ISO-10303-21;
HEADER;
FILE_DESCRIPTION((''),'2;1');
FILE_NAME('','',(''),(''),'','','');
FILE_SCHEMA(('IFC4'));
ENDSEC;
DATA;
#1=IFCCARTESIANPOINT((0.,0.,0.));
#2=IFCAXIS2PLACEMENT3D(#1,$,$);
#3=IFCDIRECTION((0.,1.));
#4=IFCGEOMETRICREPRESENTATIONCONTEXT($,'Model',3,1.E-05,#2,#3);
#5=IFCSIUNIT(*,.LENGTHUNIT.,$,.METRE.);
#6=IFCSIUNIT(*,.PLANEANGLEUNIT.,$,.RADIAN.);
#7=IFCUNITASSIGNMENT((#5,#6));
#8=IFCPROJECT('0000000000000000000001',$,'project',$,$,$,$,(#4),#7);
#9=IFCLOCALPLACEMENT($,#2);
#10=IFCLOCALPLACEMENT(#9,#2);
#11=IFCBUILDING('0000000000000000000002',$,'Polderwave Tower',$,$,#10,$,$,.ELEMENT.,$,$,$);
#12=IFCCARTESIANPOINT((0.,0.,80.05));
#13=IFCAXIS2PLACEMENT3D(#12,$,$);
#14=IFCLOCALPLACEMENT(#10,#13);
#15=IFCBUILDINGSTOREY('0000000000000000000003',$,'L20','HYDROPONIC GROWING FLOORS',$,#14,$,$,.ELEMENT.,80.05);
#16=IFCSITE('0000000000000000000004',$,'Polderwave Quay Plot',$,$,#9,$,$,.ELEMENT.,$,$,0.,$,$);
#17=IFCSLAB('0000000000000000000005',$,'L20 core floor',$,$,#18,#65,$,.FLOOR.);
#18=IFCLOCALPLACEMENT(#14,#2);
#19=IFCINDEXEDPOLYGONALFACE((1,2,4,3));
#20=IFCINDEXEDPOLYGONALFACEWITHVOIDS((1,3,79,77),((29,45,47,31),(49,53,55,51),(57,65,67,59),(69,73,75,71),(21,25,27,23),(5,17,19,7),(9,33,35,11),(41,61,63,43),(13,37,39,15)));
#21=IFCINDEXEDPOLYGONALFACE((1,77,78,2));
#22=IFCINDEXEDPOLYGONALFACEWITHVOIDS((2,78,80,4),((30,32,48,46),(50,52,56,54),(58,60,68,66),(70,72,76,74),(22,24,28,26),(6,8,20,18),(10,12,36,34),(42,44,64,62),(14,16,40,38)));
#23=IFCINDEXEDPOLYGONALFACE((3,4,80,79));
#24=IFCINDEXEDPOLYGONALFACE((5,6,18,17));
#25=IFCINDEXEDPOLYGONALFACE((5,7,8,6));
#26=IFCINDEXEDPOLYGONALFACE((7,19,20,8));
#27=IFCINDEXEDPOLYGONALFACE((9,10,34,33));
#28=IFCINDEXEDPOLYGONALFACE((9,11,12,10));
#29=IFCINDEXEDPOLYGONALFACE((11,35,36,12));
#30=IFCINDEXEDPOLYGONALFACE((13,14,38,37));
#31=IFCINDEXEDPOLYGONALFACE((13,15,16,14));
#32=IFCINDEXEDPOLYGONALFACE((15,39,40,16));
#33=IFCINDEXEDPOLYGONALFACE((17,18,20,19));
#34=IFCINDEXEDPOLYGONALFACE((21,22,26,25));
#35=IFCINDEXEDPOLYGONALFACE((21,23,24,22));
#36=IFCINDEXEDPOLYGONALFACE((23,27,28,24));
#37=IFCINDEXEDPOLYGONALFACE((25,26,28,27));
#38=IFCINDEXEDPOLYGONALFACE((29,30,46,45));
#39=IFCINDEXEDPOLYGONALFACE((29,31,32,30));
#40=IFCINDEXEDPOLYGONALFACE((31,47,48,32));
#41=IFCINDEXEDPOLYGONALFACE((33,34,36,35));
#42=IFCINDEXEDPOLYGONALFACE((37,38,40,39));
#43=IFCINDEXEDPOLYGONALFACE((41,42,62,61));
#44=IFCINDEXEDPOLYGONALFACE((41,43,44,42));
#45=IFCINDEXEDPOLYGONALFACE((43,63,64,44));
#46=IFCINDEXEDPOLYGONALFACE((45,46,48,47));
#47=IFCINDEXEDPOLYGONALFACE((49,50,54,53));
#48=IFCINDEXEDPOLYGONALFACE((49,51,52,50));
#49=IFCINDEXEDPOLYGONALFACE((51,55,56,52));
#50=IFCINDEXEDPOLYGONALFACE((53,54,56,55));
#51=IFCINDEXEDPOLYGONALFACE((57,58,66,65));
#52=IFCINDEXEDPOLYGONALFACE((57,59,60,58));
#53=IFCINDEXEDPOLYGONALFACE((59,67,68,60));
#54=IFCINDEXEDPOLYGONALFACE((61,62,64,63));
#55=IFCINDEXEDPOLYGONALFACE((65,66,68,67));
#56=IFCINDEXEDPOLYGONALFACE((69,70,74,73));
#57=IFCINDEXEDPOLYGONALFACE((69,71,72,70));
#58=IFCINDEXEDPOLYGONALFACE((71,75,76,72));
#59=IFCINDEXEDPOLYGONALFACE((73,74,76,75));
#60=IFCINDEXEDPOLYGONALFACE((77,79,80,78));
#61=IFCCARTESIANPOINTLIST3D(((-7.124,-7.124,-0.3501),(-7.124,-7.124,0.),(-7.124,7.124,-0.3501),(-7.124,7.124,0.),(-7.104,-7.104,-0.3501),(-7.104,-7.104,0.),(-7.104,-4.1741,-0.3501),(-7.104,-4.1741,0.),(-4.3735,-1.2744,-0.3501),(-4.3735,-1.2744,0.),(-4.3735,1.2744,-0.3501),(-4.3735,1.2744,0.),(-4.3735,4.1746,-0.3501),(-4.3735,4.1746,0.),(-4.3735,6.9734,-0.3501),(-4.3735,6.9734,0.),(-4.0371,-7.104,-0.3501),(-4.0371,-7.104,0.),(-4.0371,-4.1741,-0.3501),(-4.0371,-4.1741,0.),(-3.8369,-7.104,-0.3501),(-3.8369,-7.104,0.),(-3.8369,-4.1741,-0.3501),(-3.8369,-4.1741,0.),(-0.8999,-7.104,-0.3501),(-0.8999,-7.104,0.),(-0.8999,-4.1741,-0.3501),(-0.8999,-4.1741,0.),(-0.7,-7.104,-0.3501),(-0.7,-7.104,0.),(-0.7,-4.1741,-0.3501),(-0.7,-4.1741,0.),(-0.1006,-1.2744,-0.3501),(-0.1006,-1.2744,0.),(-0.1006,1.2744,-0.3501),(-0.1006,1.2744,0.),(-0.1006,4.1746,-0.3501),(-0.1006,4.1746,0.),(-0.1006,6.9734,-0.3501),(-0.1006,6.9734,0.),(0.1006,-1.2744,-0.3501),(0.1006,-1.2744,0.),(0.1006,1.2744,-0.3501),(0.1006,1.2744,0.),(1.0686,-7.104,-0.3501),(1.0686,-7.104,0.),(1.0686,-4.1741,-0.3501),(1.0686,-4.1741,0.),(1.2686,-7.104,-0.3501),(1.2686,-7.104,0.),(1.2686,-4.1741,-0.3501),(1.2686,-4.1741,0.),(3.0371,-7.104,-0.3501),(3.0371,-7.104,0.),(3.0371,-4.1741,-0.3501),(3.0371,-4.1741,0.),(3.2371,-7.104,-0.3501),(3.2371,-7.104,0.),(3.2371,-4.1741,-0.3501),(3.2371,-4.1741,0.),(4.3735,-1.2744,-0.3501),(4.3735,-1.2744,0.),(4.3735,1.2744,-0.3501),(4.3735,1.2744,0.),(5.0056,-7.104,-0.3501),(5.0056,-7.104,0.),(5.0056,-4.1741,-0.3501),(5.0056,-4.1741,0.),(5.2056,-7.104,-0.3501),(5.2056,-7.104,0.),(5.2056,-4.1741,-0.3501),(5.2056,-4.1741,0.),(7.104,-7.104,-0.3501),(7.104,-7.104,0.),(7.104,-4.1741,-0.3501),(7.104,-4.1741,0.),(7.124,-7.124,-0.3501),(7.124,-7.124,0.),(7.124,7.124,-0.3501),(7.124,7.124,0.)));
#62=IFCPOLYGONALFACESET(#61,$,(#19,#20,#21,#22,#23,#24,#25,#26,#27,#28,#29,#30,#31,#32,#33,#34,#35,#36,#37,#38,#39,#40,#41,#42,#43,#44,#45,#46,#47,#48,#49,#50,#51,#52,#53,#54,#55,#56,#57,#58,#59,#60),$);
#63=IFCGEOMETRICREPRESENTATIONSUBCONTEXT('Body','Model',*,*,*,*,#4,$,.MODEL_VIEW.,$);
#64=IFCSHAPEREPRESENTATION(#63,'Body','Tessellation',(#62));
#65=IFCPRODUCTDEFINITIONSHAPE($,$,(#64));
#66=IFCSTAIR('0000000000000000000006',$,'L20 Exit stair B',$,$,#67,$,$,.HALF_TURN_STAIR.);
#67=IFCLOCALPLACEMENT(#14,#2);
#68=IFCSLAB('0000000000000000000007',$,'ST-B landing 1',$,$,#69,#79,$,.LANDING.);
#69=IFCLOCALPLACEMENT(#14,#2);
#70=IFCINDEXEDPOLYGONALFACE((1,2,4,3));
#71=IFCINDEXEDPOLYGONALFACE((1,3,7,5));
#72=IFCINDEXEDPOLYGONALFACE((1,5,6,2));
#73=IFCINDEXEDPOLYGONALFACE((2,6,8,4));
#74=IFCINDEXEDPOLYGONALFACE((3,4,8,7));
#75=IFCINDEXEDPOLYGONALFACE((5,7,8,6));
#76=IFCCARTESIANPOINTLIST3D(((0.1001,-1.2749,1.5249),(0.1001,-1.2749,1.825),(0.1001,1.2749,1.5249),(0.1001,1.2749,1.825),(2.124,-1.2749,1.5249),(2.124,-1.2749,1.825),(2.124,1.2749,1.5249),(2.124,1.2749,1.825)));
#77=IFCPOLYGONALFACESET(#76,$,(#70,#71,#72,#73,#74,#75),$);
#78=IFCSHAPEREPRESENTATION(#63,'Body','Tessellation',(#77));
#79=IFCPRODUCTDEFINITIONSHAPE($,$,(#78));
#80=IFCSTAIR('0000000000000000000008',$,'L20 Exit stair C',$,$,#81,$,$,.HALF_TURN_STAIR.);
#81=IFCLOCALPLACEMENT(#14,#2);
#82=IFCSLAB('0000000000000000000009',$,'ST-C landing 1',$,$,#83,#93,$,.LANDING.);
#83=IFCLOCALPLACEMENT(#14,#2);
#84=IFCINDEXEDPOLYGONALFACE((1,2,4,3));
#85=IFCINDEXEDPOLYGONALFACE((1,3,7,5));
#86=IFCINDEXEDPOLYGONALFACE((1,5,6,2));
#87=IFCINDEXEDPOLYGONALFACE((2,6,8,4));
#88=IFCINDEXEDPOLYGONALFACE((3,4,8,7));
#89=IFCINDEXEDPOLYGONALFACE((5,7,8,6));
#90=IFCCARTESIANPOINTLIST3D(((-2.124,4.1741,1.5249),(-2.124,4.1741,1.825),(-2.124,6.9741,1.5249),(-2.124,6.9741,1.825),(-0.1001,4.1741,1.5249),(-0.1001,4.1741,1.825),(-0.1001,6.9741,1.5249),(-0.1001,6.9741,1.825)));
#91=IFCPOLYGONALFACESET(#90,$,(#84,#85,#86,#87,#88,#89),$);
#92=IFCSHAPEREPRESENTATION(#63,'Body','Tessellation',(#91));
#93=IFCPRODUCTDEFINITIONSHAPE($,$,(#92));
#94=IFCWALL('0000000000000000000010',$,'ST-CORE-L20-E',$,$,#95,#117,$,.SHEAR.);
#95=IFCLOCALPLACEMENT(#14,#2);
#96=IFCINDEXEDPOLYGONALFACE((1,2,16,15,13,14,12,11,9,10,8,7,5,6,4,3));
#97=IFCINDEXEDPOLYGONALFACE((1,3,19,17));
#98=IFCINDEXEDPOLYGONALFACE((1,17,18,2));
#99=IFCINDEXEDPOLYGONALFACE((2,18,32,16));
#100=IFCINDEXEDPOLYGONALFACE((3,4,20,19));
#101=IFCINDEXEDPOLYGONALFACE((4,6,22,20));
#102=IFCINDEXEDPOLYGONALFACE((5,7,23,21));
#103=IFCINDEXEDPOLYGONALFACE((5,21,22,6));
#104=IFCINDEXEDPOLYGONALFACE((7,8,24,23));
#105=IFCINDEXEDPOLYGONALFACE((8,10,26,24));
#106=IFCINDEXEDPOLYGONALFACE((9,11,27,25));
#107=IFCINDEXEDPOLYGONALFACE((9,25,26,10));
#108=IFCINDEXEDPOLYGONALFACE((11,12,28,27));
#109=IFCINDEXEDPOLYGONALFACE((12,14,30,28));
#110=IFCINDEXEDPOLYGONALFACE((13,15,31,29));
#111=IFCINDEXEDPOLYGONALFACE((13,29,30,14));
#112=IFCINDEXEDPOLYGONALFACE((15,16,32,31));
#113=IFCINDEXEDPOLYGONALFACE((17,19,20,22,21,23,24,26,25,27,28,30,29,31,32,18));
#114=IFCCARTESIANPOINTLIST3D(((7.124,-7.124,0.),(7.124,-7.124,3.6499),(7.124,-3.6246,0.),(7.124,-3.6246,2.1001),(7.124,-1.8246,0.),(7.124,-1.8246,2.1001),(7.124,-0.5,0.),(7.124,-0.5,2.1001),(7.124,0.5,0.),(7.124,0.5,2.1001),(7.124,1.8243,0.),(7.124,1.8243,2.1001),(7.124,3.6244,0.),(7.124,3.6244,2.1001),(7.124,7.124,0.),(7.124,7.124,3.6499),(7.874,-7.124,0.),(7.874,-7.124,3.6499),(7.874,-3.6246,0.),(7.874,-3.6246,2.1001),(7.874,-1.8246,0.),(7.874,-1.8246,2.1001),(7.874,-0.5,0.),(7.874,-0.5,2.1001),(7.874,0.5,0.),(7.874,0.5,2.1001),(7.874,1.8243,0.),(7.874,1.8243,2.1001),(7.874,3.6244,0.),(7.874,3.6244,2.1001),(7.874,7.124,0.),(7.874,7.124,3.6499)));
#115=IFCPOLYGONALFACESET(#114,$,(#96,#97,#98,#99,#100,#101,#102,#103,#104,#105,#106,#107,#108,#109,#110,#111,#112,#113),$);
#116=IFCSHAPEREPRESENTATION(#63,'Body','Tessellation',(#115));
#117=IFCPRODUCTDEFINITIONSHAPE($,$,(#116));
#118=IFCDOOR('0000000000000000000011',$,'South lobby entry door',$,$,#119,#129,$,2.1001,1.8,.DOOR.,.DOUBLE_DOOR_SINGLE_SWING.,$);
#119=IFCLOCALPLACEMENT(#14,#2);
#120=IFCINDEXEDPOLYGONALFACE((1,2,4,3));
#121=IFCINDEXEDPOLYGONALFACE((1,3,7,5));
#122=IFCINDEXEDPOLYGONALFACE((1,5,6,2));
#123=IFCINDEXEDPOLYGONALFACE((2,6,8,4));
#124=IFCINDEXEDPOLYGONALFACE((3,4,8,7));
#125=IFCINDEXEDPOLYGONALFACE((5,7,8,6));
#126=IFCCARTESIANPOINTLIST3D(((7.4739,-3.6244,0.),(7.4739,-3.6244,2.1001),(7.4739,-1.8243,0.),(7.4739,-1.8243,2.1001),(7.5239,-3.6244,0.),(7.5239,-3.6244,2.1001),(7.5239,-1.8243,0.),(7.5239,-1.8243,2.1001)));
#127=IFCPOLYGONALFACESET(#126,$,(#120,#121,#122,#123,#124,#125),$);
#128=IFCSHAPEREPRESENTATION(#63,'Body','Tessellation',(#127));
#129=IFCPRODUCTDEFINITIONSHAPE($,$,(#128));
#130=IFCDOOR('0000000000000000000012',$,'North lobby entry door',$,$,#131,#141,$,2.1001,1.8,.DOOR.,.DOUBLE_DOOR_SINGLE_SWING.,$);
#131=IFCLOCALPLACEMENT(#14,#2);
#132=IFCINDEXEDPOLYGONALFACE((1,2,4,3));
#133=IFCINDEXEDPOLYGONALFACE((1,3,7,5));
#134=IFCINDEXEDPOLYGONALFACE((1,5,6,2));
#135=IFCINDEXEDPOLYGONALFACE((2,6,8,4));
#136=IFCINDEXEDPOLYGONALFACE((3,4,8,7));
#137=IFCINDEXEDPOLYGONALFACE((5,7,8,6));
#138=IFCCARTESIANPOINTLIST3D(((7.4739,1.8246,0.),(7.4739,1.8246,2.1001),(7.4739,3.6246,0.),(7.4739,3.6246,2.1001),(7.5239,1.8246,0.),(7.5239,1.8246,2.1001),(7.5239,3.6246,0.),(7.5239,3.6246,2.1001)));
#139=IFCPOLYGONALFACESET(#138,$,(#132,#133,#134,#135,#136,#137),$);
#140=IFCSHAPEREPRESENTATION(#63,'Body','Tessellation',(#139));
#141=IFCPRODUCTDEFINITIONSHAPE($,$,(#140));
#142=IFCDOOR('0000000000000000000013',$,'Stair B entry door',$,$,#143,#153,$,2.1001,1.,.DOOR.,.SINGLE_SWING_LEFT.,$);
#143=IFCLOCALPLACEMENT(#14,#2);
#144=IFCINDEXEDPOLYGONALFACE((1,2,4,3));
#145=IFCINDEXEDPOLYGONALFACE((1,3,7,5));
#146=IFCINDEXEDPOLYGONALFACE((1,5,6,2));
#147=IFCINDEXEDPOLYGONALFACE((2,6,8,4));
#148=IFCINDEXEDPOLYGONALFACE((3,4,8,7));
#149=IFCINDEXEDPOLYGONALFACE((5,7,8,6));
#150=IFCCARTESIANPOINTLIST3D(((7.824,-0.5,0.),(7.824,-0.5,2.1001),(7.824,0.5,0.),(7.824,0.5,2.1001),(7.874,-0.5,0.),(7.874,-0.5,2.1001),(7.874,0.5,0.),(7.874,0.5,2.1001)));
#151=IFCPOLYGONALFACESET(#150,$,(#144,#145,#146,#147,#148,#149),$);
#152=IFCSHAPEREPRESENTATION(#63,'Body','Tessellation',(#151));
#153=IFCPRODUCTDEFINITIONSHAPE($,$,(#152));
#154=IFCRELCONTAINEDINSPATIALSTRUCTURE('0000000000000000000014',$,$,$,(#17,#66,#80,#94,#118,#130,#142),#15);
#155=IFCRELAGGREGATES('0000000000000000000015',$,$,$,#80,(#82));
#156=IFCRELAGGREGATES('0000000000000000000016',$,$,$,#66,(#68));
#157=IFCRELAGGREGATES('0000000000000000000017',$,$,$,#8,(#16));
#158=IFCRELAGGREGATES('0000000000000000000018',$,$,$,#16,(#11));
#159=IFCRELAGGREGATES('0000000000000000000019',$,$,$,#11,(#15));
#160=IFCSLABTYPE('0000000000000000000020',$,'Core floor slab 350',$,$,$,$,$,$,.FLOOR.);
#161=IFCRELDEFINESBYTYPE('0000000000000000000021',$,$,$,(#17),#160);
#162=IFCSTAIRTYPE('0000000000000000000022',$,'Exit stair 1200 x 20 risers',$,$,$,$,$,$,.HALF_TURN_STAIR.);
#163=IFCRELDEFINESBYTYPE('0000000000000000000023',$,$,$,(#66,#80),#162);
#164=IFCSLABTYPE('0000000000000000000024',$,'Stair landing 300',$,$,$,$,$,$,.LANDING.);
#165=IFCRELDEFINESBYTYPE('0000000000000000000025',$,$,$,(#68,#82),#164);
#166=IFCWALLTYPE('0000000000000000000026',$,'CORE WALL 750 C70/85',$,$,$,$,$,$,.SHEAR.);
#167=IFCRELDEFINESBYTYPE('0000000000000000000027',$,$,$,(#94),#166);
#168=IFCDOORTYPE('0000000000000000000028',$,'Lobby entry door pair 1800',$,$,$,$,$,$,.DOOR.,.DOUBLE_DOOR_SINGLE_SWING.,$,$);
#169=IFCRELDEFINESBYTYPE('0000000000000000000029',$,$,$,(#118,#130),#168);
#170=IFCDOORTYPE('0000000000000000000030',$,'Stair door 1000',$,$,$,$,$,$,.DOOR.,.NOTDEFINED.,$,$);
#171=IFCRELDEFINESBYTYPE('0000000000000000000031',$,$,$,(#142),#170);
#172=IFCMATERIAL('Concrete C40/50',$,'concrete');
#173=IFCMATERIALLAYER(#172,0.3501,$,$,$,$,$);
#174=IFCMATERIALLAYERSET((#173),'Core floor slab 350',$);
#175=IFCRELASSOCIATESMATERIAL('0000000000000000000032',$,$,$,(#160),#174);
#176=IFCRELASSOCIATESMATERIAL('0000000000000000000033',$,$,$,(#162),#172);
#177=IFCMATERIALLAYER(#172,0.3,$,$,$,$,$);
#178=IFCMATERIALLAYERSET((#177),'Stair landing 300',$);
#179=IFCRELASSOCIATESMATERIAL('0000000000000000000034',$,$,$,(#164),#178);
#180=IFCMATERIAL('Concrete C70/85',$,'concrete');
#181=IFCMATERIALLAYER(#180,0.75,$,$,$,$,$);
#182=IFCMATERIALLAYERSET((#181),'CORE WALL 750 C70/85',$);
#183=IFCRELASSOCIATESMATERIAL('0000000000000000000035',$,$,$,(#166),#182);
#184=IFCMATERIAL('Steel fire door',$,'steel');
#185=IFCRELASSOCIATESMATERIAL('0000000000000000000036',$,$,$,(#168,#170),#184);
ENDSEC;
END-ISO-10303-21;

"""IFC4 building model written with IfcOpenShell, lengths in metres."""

from ifc_helpers import new_model, si_unit, direction, frame, frame_2d, origin, place, context, subcontext, project, spatial, polyline, rectangle, outline, extrude, material, layer, layer_set, type_object, element, fill, aggregate, save


model = new_model("IFC4")

# Units and contexts
model_context = context("Model", 3, precision=1e-05, world=origin(), true_north=direction((0.0, 1.0)))
body_context = subcontext(model_context, "Body", "Model", "MODEL_VIEW")
ifc_project = project(units=[si_unit("LENGTHUNIT", "METRE"), si_unit("PLANEANGLEUNIT", "RADIAN")], contexts=[model_context])

# Site, building, storey
site_placement = place(None, origin())
site = spatial("IfcSite", under=ifc_project, at=site_placement, Name="Polderwave Quay Plot", CompositionType="ELEMENT", RefElevation=0.0)
building_placement = place(site_placement, origin())
building = spatial("IfcBuilding", under=site, at=building_placement, Name="Polderwave Tower", CompositionType="ELEMENT")
storey_placement = place(building_placement, frame((0.0, 0.0, 80.05)))
storey = spatial("IfcBuildingStorey", under=building, at=storey_placement, Name="L20", Description="HYDROPONIC GROWING FLOORS", CompositionType="ELEMENT", Elevation=80.05)

# Slab
ifc_material_1 = material(Name="Concrete C40/50", Category="concrete")
ifc_layer_1 = layer(ifc_material_1, 0.3501)
ifc_layer_set_1 = layer_set([ifc_layer_1], Name="Core floor slab 350")
slab_type_1 = type_object("IfcSlabType", Name="Core floor slab 350", PredefinedType="FLOOR", material=ifc_layer_set_1)
slab_1_placement = place(storey_placement, frame((0.0, 0.0, -0.3501)))
element("IfcSlab", 1, at=slab_1_placement, inside=storey, type_object=slab_type_1, Name="L20 core floor", PredefinedType="FLOOR", context=body_context, shape_type="SweptSolid", body=[
    extrude(outline(polyline([(-7.124, -7.124), (7.124, -7.124), (7.124, 7.124), (-7.124, 7.124), (-7.124, -7.124)]), holes=[polyline([(-7.104, -7.104), (-4.0371, -7.104), (-4.0371, -4.1741), (-7.104, -4.1741), (-7.104, -7.104)]), polyline([(-3.8369, -7.104), (-0.8999, -7.104), (-0.8999, -4.1741), (-3.8369, -4.1741), (-3.8369, -7.104)]), polyline([(-0.7, -7.104), (1.0686, -7.104), (1.0686, -4.1741), (-0.7, -4.1741), (-0.7, -7.104)]), polyline([(1.2686, -7.104), (3.0371, -7.104), (3.0371, -4.1741), (1.2686, -4.1741), (1.2686, -7.104)]), polyline([(3.2371, -7.104), (5.0056, -7.104), (5.0056, -4.1741), (3.2371, -4.1741), (3.2371, -7.104)]), polyline([(5.2056, -7.104), (7.104, -7.104), (7.104, -4.1741), (5.2056, -4.1741), (5.2056, -7.104)]), polyline([(-4.3735, -1.2744), (-0.1006, -1.2744), (-0.1006, 1.2744), (-4.3735, 1.2744), (-4.3735, -1.2744)]), polyline([(0.1006, -1.2744), (4.3735, -1.2744), (4.3735, 1.2744), (0.1006, 1.2744), (0.1006, -1.2744)]), polyline([(-4.3735, 4.1746), (-0.1006, 4.1746), (-0.1006, 6.9734), (-4.3735, 6.9734), (-4.3735, 4.1746)])]), origin(), (0.0, 0.0, 1.0), 0.3501),
])

# Stairs, slabs
stair_type = type_object("IfcStairType", Name="Exit stair 1200 x 20 risers", PredefinedType="HALF_TURN_STAIR", material=ifc_material_1)
stair_1_placement = place(storey_placement, origin())
stair_1 = element("IfcStair", 2, at=stair_1_placement, inside=storey, type_object=stair_type, Name="L20 Exit stair B", PredefinedType="HALF_TURN_STAIR")
ifc_layer_2 = layer(ifc_material_1, 0.3)
ifc_layer_set_2 = layer_set([ifc_layer_2], Name="Stair landing 300")
slab_type_2 = type_object("IfcSlabType", Name="Stair landing 300", PredefinedType="LANDING", material=ifc_layer_set_2)
slab_2_placement = place(storey_placement, frame((0.0, 0.0, 1.5249)))
slab_2 = element("IfcSlab", 3, at=slab_2_placement, type_object=slab_type_2, Name="ST-B landing 1", PredefinedType="LANDING", context=body_context, shape_type="SweptSolid", body=[
    extrude(outline(polyline([(2.124, 1.2749), (0.1001, 1.2749), (0.1001, -1.2749), (2.124, -1.2749), (2.124, 1.2749)])), origin(), (0.0, 0.0, 1.0), 0.3),
])
stair_2_placement = place(storey_placement, origin())
stair_2 = element("IfcStair", 4, at=stair_2_placement, inside=storey, type_object=stair_type, Name="L20 Exit stair C", PredefinedType="HALF_TURN_STAIR")
slab_3_placement = place(storey_placement, frame((0.0, 0.0, 1.5249)))
slab_3 = element("IfcSlab", 5, at=slab_3_placement, type_object=slab_type_2, Name="ST-C landing 1", PredefinedType="LANDING", context=body_context, shape_type="SweptSolid", body=[
    extrude(outline(polyline([(-2.124, 4.1741), (-0.1001, 4.1741), (-0.1001, 6.9741), (-2.124, 6.9741), (-2.124, 4.1741)])), origin(), (0.0, 0.0, 1.0), 0.3),
])
aggregate(stair_2, [slab_3])

# Wall, openings, doors
ifc_material_2 = material(Name="Concrete C70/85", Category="concrete")
ifc_layer_3 = layer(ifc_material_2, 0.75)
ifc_layer_set_3 = layer_set([ifc_layer_3], Name="CORE WALL 750 C70/85")
wall_type_1 = type_object("IfcWallType", Name="CORE WALL 750 C70/85", PredefinedType="SHEAR", material=ifc_layer_set_3)
wall_1_placement = place(storey_placement, frame((7.499, -7.124, 0.0), z_axis=(0.0, 0.0, 1.0), x_axis=(0.0, 1.0, 0.0)))
wall_1 = element("IfcWall", 6, at=wall_1_placement, inside=storey, type_object=wall_type_1, Name="ST-CORE-L20-E", PredefinedType="SHEAR", context=body_context, shape_type="SweptSolid", body=[
    extrude(rectangle(XDim=14.248, YDim=0.75, at=frame_2d((7.124, 0.0))), origin(), (0.0, 0.0, 1.0), 3.6499),
])
opening_1_placement = place(wall_1_placement, frame((6.624, 0.0, 0.0)))
opening_1 = element("IfcOpeningElement", 7, at=opening_1_placement, cuts=wall_1, PredefinedType="OPENING", context=body_context, shape_type="SweptSolid", body=[
    extrude(rectangle(XDim=1.0, YDim=2.1001, at=frame_2d((0.5, 1.05))), frame((0.0, 0.385, 0.0), z_axis=(0.0, -1.0, 0.0), x_axis=(1.0, 0.0, 0.0)), (0.0, 0.0, 1.0), 0.77),
])
opening_2_placement = place(wall_1_placement, frame((3.4995, 0.0, 0.0)))
opening_2 = element("IfcOpeningElement", 8, at=opening_2_placement, cuts=wall_1, PredefinedType="OPENING", context=body_context, shape_type="SweptSolid", body=[
    extrude(rectangle(XDim=1.8, YDim=2.1001, at=frame_2d((0.8999, 1.05))), frame((0.0, 0.385, 0.0), z_axis=(0.0, -1.0, 0.0), x_axis=(1.0, 0.0, 0.0)), (0.0, 0.0, 1.0), 0.77),
])
opening_3_placement = place(wall_1_placement, frame((8.9485, 0.0, 0.0)))
opening_3 = element("IfcOpeningElement", 9, at=opening_3_placement, cuts=wall_1, PredefinedType="OPENING", context=body_context, shape_type="SweptSolid", body=[
    extrude(rectangle(XDim=1.8, YDim=2.1001, at=frame_2d((0.8999, 1.05))), frame((0.0, 0.385, 0.0), z_axis=(0.0, -1.0, 0.0), x_axis=(1.0, 0.0, 0.0)), (0.0, 0.0, 1.0), 0.77),
])
ifc_material_3 = material(Name="Steel fire door", Category="steel")
door_type_1 = type_object("IfcDoorType", Name="Lobby entry door pair 1800", OperationType="DOUBLE_DOOR_SINGLE_SWING", PredefinedType="DOOR", material=ifc_material_3)
door_1_placement = place(opening_2_placement, frame((1.8, 0.0, 0.0), z_axis=(0.0, 0.0, 1.0), x_axis=(-1.0, 0.0, 0.0)))
door_1 = element("IfcDoor", 10, at=door_1_placement, inside=storey, type_object=door_type_1, Name="South lobby entry door", OperationType="DOUBLE_DOOR_SINGLE_SWING", OverallHeight=2.1001, OverallWidth=1.8, PredefinedType="DOOR", context=body_context, shape_type="SweptSolid", body=[
    extrude(rectangle(XDim=1.8, YDim=2.1001, at=frame_2d((0.8999, 1.05))), frame((0.0, 0.0249, 0.0), z_axis=(0.0, -1.0, 0.0), x_axis=(1.0, 0.0, 0.0)), (0.0, 0.0, 1.0), 0.05),
])
fill(opening_2, door_1)
door_2_placement = place(opening_3_placement, frame((1.8, 0.0, 0.0), z_axis=(0.0, 0.0, 1.0), x_axis=(-1.0, 0.0, 0.0)))
door_2 = element("IfcDoor", 11, at=door_2_placement, inside=storey, type_object=door_type_1, Name="North lobby entry door", OperationType="DOUBLE_DOOR_SINGLE_SWING", OverallHeight=2.1001, OverallWidth=1.8, PredefinedType="DOOR", context=body_context, shape_type="SweptSolid", body=[
    extrude(rectangle(XDim=1.8, YDim=2.1001, at=frame_2d((0.8999, 1.05))), frame((0.0, 0.0249, 0.0), z_axis=(0.0, -1.0, 0.0), x_axis=(1.0, 0.0, 0.0)), (0.0, 0.0, 1.0), 0.05),
])
fill(opening_3, door_2)
door_type_2 = type_object("IfcDoorType", Name="Stair door 1000", OperationType="NOTDEFINED", PredefinedType="DOOR", material=ifc_material_3)
door_3_placement = place(opening_1_placement, frame((1.0, 0.0, 0.0), z_axis=(0.0, 0.0, 1.0), x_axis=(-1.0, 0.0, 0.0)))
door_3 = element("IfcDoor", 12, at=door_3_placement, inside=storey, type_object=door_type_2, Name="Stair B entry door", OperationType="SINGLE_SWING_LEFT", OverallHeight=2.1001, OverallWidth=1.0, PredefinedType="DOOR", context=body_context, shape_type="SweptSolid", body=[
    extrude(rectangle(XDim=1.0, YDim=2.1001, at=frame_2d((0.5, 1.05))), frame((0.0, 0.375, 0.0), z_axis=(0.0, -1.0, 0.0), x_axis=(1.0, 0.0, 0.0)), (0.0, 0.0, 1.0), 0.05),
])
fill(opening_1, door_3)

aggregate(stair_1, [slab_2])

save(model, "model.ifc")
